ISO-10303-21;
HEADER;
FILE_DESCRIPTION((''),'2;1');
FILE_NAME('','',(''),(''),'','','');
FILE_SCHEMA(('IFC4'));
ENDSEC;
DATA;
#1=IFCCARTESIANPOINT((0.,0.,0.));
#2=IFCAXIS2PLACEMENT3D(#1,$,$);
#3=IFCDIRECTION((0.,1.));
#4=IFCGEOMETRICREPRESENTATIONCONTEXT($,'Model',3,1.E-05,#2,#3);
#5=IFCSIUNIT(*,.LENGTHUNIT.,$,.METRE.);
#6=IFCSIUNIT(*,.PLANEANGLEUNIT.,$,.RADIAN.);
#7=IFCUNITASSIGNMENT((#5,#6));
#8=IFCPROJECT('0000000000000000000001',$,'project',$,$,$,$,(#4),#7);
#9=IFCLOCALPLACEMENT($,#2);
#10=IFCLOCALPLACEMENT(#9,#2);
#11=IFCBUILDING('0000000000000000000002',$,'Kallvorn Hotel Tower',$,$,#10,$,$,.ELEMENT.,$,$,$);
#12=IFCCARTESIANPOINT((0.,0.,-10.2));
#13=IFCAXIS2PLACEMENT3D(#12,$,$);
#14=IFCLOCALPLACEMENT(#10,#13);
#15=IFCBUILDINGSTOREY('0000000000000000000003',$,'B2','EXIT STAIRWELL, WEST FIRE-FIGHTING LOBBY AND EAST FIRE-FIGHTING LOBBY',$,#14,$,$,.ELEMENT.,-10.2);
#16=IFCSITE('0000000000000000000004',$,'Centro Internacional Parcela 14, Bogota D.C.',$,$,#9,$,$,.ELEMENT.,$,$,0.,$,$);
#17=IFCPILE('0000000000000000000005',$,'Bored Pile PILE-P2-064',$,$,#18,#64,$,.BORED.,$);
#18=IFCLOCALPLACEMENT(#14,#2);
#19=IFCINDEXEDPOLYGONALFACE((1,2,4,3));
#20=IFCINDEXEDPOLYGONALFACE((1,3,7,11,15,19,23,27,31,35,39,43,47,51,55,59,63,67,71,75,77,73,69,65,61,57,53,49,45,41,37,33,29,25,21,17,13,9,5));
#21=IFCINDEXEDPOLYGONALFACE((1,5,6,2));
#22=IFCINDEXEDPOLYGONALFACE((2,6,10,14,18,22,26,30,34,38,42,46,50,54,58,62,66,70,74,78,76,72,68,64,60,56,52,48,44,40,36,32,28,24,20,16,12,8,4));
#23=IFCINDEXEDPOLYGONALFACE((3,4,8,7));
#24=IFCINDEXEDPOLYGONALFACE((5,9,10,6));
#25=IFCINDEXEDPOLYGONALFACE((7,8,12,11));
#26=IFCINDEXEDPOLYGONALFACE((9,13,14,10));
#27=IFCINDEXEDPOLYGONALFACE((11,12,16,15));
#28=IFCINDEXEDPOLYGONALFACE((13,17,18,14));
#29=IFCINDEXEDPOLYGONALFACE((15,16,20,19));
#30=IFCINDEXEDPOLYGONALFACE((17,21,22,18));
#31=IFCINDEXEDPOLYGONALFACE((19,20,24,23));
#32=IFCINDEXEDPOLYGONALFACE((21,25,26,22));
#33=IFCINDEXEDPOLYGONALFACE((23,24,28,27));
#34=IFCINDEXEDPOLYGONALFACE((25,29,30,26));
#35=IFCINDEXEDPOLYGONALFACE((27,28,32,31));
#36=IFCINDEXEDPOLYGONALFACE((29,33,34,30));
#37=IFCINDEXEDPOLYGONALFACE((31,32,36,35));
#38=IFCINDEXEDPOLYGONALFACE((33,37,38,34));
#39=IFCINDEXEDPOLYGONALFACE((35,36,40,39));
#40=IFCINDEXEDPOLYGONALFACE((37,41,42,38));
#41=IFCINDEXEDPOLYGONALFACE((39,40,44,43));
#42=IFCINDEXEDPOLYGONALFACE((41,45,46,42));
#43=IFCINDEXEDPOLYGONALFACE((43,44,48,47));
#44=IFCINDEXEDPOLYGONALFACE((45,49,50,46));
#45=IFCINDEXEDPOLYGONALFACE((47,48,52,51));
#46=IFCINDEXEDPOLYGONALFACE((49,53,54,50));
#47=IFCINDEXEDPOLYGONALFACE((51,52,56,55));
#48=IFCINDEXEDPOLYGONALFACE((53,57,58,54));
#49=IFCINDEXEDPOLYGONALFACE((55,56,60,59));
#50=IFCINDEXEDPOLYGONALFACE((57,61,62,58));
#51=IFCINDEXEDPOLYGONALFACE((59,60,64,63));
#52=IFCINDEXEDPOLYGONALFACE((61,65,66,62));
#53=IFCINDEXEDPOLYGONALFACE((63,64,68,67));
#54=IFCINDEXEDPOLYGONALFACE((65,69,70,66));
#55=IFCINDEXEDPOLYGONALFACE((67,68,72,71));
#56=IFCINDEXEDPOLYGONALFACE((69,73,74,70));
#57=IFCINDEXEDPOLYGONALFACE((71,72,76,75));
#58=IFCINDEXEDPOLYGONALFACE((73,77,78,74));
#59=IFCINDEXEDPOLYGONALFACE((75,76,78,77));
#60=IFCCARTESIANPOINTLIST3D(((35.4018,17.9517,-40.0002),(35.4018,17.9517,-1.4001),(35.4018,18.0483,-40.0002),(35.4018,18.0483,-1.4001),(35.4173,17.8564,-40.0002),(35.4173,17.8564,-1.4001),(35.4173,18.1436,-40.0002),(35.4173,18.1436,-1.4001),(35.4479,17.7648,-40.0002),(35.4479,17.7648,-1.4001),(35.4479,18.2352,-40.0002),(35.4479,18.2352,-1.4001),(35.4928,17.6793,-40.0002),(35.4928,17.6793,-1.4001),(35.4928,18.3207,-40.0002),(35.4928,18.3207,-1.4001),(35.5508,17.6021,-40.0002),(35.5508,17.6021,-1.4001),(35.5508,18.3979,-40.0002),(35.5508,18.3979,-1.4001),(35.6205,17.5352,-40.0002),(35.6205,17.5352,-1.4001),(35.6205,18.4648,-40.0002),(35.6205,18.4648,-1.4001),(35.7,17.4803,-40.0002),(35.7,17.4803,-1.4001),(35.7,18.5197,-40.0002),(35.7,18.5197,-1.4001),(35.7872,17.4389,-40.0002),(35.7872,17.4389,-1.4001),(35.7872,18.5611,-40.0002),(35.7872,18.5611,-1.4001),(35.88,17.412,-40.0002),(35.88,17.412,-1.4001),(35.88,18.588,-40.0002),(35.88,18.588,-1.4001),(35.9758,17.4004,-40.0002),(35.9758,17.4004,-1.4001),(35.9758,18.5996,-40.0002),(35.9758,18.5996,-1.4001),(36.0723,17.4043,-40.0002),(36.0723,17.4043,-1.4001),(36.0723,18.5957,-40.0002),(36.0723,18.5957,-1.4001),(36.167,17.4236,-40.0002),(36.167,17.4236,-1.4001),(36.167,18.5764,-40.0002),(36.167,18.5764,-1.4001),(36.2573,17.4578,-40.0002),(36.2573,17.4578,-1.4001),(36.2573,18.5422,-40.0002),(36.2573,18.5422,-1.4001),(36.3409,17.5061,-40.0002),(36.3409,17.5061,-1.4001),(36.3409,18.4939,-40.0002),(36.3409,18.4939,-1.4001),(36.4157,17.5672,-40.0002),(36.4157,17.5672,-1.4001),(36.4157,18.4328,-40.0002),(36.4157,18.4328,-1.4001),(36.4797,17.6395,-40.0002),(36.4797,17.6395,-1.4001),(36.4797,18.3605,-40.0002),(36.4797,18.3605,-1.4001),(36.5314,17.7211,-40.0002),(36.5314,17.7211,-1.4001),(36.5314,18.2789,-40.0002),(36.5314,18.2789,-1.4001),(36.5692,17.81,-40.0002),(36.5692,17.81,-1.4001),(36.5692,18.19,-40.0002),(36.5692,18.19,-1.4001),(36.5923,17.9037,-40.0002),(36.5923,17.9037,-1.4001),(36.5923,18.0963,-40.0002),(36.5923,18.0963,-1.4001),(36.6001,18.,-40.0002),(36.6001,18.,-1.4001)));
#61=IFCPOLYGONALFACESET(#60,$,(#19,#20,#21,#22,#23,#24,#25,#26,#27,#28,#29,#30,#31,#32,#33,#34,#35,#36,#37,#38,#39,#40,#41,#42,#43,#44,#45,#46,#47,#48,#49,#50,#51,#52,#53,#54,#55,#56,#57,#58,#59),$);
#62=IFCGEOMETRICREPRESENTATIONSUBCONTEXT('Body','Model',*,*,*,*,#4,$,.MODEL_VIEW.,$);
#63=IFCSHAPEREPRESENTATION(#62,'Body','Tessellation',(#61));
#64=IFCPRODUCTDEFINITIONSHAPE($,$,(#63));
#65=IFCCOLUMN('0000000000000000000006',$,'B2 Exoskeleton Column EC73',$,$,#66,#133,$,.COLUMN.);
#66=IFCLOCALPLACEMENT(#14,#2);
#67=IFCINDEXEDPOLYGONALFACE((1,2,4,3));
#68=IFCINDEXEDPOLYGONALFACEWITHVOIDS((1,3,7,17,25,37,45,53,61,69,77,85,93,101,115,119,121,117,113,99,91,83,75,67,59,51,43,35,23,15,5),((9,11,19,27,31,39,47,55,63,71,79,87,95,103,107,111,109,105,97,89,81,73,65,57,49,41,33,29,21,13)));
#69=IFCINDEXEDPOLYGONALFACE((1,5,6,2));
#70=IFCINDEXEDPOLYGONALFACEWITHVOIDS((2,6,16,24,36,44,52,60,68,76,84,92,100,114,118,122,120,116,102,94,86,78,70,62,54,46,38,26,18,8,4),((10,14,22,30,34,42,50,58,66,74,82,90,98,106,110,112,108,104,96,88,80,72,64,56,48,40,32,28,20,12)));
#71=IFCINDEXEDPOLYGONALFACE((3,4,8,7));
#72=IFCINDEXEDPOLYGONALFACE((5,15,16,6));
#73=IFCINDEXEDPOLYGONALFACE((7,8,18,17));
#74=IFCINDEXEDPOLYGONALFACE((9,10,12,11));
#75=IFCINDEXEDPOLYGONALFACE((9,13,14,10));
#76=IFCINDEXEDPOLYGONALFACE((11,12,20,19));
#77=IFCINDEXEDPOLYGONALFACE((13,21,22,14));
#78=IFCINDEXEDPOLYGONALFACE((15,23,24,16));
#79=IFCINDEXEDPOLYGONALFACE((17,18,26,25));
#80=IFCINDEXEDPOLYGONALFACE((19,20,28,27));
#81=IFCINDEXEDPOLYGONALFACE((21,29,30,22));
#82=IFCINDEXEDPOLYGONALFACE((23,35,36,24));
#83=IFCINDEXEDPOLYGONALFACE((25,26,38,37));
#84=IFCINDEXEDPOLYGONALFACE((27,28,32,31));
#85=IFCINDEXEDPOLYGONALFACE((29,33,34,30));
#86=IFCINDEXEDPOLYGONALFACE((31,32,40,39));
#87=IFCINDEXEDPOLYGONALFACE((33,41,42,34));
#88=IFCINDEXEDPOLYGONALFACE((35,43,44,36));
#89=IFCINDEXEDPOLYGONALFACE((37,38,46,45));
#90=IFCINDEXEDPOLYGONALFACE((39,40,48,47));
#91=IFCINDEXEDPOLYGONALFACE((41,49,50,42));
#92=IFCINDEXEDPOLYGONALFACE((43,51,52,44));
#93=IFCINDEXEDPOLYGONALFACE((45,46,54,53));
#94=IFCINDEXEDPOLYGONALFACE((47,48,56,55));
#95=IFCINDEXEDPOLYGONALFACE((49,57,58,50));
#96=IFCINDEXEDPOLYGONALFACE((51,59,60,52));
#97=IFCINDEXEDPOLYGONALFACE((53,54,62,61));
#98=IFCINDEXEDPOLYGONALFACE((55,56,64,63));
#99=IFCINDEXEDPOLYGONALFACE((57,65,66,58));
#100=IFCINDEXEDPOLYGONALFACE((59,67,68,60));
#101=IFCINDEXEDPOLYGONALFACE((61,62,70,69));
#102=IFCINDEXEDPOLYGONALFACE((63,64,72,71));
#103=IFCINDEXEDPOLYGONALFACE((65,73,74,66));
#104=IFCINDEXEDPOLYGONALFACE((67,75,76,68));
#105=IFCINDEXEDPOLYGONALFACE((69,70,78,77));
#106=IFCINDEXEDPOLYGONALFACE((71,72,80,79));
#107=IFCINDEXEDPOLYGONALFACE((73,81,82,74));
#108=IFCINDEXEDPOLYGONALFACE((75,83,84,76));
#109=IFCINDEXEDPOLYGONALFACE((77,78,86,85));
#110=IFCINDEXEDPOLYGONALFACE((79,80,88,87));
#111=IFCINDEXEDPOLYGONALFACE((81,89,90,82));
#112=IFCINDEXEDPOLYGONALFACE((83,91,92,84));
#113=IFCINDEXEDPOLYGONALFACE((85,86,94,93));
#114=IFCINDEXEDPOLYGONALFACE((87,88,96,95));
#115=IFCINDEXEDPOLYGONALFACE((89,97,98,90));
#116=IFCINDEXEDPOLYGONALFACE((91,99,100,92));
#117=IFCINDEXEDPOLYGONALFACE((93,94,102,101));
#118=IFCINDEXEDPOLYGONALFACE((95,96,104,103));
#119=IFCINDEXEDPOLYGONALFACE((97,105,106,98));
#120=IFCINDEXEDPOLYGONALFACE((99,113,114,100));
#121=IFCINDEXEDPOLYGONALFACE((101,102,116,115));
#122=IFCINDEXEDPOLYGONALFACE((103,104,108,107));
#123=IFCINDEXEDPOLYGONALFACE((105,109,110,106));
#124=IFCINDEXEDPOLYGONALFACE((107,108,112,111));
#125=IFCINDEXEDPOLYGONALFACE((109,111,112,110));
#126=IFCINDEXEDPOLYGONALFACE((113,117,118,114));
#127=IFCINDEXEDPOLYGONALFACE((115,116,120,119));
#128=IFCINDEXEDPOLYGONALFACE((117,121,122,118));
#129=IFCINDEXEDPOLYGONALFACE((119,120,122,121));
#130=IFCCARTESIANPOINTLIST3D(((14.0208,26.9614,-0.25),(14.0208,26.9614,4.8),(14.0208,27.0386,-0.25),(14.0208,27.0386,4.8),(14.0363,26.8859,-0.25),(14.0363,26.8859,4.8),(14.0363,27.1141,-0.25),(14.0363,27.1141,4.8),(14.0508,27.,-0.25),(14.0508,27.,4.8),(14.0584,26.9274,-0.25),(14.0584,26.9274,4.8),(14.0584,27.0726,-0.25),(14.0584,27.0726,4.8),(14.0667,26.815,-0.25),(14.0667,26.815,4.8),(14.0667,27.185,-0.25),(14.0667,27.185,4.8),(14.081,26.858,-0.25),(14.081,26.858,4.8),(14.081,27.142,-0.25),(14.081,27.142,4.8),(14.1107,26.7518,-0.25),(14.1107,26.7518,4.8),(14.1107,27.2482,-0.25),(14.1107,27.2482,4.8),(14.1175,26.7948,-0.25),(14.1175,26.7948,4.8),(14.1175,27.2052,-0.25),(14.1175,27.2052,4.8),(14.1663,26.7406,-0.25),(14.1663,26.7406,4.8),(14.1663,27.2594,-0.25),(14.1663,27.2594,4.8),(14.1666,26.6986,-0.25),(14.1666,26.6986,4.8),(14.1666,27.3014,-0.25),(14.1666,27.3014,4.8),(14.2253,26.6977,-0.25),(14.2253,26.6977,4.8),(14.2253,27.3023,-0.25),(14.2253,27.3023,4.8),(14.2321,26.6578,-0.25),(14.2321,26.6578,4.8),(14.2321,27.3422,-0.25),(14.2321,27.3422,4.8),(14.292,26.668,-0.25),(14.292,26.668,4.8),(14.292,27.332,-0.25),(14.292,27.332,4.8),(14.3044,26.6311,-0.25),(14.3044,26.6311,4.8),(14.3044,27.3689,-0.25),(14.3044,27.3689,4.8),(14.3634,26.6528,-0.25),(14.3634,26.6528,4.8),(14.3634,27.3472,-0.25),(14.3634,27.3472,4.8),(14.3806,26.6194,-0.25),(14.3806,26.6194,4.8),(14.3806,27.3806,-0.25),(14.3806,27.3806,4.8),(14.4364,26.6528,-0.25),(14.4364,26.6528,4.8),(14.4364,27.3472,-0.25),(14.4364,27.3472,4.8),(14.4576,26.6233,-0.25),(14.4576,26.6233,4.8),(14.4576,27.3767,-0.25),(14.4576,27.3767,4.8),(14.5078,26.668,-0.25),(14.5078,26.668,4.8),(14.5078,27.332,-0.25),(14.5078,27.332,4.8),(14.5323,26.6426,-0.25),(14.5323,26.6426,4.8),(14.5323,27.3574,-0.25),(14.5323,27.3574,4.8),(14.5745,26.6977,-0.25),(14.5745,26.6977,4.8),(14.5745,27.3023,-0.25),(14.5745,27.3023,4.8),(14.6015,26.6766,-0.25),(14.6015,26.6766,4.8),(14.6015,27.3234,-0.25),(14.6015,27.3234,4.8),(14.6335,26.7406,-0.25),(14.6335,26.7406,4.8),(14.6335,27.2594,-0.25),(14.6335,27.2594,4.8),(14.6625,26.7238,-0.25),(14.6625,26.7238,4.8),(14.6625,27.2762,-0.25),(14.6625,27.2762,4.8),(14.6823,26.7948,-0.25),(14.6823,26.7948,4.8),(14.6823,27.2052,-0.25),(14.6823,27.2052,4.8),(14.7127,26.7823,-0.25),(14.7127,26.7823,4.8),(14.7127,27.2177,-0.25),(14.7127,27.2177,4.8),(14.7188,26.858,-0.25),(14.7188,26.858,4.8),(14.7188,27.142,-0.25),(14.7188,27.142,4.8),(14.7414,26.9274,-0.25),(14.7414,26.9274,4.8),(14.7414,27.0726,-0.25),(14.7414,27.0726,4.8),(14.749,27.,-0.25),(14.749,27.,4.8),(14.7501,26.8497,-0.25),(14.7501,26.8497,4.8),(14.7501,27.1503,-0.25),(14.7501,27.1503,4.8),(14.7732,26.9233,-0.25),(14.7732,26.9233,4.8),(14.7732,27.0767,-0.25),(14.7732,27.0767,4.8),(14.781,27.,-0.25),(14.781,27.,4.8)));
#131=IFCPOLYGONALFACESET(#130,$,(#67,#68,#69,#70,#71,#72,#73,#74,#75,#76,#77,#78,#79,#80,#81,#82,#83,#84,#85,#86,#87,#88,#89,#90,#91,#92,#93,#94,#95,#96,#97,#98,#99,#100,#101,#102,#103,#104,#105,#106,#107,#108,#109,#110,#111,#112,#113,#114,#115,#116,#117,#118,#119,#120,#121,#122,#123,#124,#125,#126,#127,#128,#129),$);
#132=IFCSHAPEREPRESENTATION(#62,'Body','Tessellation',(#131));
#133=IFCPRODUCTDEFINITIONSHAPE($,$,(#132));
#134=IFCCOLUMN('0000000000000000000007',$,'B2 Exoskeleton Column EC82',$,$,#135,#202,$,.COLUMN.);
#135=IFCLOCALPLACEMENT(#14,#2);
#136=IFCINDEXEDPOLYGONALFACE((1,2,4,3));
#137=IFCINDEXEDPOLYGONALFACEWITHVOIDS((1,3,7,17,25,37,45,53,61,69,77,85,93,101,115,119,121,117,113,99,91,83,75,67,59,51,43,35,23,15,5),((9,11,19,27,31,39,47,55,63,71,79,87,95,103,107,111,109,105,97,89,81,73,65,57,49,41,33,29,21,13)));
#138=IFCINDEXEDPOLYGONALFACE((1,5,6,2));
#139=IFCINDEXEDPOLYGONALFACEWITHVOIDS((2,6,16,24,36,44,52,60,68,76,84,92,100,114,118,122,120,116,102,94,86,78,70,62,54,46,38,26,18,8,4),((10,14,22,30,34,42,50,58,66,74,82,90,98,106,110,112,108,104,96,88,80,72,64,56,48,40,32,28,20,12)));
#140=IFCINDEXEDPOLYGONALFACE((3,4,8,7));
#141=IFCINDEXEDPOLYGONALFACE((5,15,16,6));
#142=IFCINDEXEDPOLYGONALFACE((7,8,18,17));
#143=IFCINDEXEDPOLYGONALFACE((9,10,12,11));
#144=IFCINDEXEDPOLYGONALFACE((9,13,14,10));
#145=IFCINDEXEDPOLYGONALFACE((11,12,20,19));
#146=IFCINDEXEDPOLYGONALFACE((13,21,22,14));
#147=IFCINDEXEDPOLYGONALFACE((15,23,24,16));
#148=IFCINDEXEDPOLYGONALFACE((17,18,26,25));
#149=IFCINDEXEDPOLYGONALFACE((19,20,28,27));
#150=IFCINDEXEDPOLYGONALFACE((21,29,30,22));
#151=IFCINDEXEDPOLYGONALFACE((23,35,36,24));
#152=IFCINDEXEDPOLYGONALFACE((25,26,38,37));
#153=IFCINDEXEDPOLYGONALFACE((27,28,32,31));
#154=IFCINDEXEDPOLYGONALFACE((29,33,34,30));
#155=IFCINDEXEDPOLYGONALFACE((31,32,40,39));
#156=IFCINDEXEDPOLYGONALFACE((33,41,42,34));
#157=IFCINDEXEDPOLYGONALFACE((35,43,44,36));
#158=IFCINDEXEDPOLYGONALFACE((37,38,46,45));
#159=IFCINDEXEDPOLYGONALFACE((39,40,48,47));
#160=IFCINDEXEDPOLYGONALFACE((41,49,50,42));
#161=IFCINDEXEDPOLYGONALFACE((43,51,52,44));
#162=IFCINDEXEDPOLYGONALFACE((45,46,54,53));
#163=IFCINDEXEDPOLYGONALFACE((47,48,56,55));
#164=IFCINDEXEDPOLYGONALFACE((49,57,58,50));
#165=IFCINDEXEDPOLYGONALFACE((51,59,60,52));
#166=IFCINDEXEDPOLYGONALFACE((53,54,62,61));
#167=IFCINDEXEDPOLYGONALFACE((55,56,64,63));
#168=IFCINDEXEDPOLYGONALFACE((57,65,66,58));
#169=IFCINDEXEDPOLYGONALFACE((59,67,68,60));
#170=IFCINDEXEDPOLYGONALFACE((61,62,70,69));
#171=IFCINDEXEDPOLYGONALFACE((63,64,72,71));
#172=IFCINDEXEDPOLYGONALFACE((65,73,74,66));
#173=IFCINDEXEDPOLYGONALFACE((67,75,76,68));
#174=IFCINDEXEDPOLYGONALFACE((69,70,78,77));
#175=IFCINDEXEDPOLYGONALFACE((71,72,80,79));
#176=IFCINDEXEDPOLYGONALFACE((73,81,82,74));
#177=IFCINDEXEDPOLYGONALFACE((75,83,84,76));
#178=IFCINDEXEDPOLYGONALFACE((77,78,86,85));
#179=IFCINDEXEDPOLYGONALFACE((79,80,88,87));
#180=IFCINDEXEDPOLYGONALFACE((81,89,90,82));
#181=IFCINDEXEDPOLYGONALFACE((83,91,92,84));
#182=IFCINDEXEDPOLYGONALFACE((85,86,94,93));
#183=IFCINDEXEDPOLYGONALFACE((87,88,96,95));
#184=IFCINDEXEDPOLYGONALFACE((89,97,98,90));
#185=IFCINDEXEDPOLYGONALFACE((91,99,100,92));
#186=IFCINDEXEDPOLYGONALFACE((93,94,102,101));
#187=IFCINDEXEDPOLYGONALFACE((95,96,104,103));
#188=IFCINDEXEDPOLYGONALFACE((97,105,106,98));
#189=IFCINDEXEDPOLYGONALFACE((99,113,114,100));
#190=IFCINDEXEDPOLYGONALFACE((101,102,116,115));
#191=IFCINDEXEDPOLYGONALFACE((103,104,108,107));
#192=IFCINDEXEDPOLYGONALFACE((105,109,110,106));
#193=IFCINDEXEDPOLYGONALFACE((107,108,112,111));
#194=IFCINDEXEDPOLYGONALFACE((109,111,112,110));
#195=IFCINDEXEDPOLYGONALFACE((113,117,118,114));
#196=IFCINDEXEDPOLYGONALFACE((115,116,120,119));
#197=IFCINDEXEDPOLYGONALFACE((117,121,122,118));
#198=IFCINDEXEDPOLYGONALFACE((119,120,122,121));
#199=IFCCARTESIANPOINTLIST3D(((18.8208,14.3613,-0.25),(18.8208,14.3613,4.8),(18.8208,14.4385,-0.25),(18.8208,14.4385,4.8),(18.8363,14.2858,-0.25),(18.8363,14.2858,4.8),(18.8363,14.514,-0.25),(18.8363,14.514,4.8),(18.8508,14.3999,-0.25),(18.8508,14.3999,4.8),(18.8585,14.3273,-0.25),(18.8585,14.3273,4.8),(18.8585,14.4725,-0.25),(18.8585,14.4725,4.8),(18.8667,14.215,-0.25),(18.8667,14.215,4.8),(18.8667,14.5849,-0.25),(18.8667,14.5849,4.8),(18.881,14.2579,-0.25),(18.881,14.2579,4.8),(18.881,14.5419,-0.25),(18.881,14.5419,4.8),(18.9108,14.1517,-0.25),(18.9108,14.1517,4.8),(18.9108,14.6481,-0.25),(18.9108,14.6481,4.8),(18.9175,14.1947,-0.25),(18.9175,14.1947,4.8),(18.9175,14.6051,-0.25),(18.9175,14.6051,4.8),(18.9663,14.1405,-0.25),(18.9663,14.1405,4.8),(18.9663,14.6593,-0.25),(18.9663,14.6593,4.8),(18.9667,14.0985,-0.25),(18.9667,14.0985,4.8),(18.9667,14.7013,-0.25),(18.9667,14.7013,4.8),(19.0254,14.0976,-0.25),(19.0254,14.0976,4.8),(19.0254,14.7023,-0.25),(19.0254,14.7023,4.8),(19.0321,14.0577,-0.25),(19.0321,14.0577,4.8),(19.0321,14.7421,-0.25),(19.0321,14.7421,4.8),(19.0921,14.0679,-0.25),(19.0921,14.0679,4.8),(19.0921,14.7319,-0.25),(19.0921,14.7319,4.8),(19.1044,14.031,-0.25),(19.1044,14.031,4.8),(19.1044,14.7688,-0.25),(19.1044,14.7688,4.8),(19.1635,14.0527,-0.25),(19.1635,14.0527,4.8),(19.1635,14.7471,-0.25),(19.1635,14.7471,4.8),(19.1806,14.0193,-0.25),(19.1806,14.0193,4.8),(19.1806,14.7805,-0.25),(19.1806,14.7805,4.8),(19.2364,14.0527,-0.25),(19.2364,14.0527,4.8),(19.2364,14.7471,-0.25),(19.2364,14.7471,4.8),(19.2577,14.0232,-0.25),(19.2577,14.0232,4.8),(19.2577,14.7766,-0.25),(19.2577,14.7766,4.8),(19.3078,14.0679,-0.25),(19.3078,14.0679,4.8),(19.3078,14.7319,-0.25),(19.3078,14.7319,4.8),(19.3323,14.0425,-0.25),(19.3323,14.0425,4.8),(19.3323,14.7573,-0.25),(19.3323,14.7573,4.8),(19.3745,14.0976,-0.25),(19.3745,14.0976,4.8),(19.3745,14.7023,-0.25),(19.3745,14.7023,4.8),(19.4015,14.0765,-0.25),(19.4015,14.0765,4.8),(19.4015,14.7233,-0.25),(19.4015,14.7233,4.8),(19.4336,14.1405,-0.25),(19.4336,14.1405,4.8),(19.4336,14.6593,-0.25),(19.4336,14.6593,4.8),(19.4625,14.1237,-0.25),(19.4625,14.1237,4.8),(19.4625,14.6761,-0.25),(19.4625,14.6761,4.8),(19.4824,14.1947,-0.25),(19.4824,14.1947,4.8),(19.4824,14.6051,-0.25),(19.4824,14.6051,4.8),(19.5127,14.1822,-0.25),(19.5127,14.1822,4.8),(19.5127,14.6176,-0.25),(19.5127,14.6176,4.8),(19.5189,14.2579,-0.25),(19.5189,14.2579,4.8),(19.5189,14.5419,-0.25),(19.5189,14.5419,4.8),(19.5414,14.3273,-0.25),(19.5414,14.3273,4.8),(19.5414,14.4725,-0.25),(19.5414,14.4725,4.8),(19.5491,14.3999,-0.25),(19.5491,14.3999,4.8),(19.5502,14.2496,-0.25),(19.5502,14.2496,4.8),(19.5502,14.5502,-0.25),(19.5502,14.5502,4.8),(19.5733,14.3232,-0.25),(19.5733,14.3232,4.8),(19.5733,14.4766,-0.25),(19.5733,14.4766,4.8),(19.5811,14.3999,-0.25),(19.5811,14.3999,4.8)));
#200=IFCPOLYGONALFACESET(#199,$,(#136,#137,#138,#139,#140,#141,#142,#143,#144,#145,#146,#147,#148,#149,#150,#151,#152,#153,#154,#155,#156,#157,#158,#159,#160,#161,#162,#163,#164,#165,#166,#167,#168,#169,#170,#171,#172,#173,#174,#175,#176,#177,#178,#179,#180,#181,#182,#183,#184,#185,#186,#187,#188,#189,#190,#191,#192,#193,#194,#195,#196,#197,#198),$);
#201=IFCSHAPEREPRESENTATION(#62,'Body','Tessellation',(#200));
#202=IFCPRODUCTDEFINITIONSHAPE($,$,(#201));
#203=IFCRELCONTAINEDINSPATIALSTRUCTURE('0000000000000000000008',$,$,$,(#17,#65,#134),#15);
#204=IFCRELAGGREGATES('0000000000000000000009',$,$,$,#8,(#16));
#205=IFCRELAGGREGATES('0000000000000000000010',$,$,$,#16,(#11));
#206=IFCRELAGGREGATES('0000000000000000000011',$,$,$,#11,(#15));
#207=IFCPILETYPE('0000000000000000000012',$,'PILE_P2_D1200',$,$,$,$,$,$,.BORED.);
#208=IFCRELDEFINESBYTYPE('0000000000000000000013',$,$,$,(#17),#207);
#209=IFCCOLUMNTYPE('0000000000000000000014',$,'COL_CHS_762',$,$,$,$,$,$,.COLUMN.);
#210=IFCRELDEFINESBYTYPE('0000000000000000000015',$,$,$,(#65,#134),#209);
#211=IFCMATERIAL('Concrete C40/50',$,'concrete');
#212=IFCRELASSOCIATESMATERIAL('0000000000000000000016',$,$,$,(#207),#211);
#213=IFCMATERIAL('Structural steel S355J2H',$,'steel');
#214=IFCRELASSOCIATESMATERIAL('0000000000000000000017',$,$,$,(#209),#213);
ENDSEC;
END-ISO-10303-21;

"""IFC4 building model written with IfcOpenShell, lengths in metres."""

from ifc_helpers import new_model, si_unit, direction, frame, origin, origin_2d, place, context, subcontext, project, spatial, circle, hollow_circle, extrude, material, material_profile, profile_set, type_object, element, save


model = new_model("IFC4")

# Units and contexts
model_context = context("Model", 3, precision=1e-05, world=origin(), true_north=direction((0.0, 1.0)))
body_context = subcontext(model_context, "Body", "Model", "MODEL_VIEW")
ifc_project = project(units=[si_unit("LENGTHUNIT", "METRE"), si_unit("PLANEANGLEUNIT", "RADIAN")], contexts=[model_context])

# Site, building, storey
site_placement = place(None, origin())
site = spatial("IfcSite", under=ifc_project, at=site_placement, Name="Centro Internacional Parcela 14, Bogota D.C.", CompositionType="ELEMENT", RefElevation=0.0)
building_placement = place(site_placement, origin())
building = spatial("IfcBuilding", under=site, at=building_placement, Name="Kallvorn Hotel Tower", CompositionType="ELEMENT")
storey_placement = place(building_placement, frame((0.0, 0.0, -10.2)))
storey = spatial("IfcBuildingStorey", under=building, at=storey_placement, Name="B2", Description="EXIT STAIRWELL, WEST FIRE-FIGHTING LOBBY AND EAST FIRE-FIGHTING LOBBY", CompositionType="ELEMENT", Elevation=-10.2)

# Pile
ifc_material_1 = material(Name="Concrete C40/50", Category="concrete")
ifc_material_profile_1 = material_profile(ifc_material_1, circle(Radius=0.6001, at=origin_2d()), Name="PILE D1200")
ifc_profile_set_1 = profile_set([ifc_material_profile_1], Name="Concrete C40/50")
pile_type_1 = type_object("IfcPileType", Name="PILE_P2_D1200", PredefinedType="BORED", material=ifc_profile_set_1)
for number, where, z_axis, x_axis, name in (
    (1, (36.0, 18.0, -1.4001), (0.0, 0.0, -1.0), (1.0, 0.0, 0.0), "Bored Pile PILE-P2-064"),
):
    element("IfcPile", number, at=place(storey_placement, frame(where, z_axis=z_axis, x_axis=x_axis)), inside=storey, type_object=pile_type_1, Name=name, PredefinedType="BORED", context=body_context, shape_type="SweptSolid", body=[
        extrude(circle(Radius=0.6001, at=origin_2d()), origin(), (0.0, 0.0, 1.0), 38.6001),
    ])

# Columns
ifc_material_2 = material(Name="Structural steel S355J2H", Category="steel")
ifc_material_profile_2 = material_profile(ifc_material_2, hollow_circle(Radius=0.3811, WallThickness=0.032, at=origin_2d()), Name="CHS 762x32")
ifc_profile_set_2 = profile_set([ifc_material_profile_2], Name="Structural steel S355J2H")
column_type_1 = type_object("IfcColumnType", Name="COL_CHS_762", PredefinedType="COLUMN", material=ifc_profile_set_2)
for number, where, z_axis, x_axis, name in (
    (2, (14.3999, 27.0, -0.25), (0.0, 0.0, 1.0), (1.0, 0.0, 0.0), "B2 Exoskeleton Column EC73"),
    (3, (19.2, 14.3999, -0.25), (0.0, 0.0, 1.0), (1.0, 0.0, 0.0), "B2 Exoskeleton Column EC82"),
):
    element("IfcColumn", number, at=place(storey_placement, frame(where, z_axis=z_axis, x_axis=x_axis)), inside=storey, type_object=column_type_1, Name=name, PredefinedType="COLUMN", context=body_context, shape_type="SweptSolid", body=[
        extrude(hollow_circle(Radius=0.3811, WallThickness=0.032, at=origin_2d()), origin(), (0.0, 0.0, 1.0), 5.05),
    ])

save(model, "model.ifc")
